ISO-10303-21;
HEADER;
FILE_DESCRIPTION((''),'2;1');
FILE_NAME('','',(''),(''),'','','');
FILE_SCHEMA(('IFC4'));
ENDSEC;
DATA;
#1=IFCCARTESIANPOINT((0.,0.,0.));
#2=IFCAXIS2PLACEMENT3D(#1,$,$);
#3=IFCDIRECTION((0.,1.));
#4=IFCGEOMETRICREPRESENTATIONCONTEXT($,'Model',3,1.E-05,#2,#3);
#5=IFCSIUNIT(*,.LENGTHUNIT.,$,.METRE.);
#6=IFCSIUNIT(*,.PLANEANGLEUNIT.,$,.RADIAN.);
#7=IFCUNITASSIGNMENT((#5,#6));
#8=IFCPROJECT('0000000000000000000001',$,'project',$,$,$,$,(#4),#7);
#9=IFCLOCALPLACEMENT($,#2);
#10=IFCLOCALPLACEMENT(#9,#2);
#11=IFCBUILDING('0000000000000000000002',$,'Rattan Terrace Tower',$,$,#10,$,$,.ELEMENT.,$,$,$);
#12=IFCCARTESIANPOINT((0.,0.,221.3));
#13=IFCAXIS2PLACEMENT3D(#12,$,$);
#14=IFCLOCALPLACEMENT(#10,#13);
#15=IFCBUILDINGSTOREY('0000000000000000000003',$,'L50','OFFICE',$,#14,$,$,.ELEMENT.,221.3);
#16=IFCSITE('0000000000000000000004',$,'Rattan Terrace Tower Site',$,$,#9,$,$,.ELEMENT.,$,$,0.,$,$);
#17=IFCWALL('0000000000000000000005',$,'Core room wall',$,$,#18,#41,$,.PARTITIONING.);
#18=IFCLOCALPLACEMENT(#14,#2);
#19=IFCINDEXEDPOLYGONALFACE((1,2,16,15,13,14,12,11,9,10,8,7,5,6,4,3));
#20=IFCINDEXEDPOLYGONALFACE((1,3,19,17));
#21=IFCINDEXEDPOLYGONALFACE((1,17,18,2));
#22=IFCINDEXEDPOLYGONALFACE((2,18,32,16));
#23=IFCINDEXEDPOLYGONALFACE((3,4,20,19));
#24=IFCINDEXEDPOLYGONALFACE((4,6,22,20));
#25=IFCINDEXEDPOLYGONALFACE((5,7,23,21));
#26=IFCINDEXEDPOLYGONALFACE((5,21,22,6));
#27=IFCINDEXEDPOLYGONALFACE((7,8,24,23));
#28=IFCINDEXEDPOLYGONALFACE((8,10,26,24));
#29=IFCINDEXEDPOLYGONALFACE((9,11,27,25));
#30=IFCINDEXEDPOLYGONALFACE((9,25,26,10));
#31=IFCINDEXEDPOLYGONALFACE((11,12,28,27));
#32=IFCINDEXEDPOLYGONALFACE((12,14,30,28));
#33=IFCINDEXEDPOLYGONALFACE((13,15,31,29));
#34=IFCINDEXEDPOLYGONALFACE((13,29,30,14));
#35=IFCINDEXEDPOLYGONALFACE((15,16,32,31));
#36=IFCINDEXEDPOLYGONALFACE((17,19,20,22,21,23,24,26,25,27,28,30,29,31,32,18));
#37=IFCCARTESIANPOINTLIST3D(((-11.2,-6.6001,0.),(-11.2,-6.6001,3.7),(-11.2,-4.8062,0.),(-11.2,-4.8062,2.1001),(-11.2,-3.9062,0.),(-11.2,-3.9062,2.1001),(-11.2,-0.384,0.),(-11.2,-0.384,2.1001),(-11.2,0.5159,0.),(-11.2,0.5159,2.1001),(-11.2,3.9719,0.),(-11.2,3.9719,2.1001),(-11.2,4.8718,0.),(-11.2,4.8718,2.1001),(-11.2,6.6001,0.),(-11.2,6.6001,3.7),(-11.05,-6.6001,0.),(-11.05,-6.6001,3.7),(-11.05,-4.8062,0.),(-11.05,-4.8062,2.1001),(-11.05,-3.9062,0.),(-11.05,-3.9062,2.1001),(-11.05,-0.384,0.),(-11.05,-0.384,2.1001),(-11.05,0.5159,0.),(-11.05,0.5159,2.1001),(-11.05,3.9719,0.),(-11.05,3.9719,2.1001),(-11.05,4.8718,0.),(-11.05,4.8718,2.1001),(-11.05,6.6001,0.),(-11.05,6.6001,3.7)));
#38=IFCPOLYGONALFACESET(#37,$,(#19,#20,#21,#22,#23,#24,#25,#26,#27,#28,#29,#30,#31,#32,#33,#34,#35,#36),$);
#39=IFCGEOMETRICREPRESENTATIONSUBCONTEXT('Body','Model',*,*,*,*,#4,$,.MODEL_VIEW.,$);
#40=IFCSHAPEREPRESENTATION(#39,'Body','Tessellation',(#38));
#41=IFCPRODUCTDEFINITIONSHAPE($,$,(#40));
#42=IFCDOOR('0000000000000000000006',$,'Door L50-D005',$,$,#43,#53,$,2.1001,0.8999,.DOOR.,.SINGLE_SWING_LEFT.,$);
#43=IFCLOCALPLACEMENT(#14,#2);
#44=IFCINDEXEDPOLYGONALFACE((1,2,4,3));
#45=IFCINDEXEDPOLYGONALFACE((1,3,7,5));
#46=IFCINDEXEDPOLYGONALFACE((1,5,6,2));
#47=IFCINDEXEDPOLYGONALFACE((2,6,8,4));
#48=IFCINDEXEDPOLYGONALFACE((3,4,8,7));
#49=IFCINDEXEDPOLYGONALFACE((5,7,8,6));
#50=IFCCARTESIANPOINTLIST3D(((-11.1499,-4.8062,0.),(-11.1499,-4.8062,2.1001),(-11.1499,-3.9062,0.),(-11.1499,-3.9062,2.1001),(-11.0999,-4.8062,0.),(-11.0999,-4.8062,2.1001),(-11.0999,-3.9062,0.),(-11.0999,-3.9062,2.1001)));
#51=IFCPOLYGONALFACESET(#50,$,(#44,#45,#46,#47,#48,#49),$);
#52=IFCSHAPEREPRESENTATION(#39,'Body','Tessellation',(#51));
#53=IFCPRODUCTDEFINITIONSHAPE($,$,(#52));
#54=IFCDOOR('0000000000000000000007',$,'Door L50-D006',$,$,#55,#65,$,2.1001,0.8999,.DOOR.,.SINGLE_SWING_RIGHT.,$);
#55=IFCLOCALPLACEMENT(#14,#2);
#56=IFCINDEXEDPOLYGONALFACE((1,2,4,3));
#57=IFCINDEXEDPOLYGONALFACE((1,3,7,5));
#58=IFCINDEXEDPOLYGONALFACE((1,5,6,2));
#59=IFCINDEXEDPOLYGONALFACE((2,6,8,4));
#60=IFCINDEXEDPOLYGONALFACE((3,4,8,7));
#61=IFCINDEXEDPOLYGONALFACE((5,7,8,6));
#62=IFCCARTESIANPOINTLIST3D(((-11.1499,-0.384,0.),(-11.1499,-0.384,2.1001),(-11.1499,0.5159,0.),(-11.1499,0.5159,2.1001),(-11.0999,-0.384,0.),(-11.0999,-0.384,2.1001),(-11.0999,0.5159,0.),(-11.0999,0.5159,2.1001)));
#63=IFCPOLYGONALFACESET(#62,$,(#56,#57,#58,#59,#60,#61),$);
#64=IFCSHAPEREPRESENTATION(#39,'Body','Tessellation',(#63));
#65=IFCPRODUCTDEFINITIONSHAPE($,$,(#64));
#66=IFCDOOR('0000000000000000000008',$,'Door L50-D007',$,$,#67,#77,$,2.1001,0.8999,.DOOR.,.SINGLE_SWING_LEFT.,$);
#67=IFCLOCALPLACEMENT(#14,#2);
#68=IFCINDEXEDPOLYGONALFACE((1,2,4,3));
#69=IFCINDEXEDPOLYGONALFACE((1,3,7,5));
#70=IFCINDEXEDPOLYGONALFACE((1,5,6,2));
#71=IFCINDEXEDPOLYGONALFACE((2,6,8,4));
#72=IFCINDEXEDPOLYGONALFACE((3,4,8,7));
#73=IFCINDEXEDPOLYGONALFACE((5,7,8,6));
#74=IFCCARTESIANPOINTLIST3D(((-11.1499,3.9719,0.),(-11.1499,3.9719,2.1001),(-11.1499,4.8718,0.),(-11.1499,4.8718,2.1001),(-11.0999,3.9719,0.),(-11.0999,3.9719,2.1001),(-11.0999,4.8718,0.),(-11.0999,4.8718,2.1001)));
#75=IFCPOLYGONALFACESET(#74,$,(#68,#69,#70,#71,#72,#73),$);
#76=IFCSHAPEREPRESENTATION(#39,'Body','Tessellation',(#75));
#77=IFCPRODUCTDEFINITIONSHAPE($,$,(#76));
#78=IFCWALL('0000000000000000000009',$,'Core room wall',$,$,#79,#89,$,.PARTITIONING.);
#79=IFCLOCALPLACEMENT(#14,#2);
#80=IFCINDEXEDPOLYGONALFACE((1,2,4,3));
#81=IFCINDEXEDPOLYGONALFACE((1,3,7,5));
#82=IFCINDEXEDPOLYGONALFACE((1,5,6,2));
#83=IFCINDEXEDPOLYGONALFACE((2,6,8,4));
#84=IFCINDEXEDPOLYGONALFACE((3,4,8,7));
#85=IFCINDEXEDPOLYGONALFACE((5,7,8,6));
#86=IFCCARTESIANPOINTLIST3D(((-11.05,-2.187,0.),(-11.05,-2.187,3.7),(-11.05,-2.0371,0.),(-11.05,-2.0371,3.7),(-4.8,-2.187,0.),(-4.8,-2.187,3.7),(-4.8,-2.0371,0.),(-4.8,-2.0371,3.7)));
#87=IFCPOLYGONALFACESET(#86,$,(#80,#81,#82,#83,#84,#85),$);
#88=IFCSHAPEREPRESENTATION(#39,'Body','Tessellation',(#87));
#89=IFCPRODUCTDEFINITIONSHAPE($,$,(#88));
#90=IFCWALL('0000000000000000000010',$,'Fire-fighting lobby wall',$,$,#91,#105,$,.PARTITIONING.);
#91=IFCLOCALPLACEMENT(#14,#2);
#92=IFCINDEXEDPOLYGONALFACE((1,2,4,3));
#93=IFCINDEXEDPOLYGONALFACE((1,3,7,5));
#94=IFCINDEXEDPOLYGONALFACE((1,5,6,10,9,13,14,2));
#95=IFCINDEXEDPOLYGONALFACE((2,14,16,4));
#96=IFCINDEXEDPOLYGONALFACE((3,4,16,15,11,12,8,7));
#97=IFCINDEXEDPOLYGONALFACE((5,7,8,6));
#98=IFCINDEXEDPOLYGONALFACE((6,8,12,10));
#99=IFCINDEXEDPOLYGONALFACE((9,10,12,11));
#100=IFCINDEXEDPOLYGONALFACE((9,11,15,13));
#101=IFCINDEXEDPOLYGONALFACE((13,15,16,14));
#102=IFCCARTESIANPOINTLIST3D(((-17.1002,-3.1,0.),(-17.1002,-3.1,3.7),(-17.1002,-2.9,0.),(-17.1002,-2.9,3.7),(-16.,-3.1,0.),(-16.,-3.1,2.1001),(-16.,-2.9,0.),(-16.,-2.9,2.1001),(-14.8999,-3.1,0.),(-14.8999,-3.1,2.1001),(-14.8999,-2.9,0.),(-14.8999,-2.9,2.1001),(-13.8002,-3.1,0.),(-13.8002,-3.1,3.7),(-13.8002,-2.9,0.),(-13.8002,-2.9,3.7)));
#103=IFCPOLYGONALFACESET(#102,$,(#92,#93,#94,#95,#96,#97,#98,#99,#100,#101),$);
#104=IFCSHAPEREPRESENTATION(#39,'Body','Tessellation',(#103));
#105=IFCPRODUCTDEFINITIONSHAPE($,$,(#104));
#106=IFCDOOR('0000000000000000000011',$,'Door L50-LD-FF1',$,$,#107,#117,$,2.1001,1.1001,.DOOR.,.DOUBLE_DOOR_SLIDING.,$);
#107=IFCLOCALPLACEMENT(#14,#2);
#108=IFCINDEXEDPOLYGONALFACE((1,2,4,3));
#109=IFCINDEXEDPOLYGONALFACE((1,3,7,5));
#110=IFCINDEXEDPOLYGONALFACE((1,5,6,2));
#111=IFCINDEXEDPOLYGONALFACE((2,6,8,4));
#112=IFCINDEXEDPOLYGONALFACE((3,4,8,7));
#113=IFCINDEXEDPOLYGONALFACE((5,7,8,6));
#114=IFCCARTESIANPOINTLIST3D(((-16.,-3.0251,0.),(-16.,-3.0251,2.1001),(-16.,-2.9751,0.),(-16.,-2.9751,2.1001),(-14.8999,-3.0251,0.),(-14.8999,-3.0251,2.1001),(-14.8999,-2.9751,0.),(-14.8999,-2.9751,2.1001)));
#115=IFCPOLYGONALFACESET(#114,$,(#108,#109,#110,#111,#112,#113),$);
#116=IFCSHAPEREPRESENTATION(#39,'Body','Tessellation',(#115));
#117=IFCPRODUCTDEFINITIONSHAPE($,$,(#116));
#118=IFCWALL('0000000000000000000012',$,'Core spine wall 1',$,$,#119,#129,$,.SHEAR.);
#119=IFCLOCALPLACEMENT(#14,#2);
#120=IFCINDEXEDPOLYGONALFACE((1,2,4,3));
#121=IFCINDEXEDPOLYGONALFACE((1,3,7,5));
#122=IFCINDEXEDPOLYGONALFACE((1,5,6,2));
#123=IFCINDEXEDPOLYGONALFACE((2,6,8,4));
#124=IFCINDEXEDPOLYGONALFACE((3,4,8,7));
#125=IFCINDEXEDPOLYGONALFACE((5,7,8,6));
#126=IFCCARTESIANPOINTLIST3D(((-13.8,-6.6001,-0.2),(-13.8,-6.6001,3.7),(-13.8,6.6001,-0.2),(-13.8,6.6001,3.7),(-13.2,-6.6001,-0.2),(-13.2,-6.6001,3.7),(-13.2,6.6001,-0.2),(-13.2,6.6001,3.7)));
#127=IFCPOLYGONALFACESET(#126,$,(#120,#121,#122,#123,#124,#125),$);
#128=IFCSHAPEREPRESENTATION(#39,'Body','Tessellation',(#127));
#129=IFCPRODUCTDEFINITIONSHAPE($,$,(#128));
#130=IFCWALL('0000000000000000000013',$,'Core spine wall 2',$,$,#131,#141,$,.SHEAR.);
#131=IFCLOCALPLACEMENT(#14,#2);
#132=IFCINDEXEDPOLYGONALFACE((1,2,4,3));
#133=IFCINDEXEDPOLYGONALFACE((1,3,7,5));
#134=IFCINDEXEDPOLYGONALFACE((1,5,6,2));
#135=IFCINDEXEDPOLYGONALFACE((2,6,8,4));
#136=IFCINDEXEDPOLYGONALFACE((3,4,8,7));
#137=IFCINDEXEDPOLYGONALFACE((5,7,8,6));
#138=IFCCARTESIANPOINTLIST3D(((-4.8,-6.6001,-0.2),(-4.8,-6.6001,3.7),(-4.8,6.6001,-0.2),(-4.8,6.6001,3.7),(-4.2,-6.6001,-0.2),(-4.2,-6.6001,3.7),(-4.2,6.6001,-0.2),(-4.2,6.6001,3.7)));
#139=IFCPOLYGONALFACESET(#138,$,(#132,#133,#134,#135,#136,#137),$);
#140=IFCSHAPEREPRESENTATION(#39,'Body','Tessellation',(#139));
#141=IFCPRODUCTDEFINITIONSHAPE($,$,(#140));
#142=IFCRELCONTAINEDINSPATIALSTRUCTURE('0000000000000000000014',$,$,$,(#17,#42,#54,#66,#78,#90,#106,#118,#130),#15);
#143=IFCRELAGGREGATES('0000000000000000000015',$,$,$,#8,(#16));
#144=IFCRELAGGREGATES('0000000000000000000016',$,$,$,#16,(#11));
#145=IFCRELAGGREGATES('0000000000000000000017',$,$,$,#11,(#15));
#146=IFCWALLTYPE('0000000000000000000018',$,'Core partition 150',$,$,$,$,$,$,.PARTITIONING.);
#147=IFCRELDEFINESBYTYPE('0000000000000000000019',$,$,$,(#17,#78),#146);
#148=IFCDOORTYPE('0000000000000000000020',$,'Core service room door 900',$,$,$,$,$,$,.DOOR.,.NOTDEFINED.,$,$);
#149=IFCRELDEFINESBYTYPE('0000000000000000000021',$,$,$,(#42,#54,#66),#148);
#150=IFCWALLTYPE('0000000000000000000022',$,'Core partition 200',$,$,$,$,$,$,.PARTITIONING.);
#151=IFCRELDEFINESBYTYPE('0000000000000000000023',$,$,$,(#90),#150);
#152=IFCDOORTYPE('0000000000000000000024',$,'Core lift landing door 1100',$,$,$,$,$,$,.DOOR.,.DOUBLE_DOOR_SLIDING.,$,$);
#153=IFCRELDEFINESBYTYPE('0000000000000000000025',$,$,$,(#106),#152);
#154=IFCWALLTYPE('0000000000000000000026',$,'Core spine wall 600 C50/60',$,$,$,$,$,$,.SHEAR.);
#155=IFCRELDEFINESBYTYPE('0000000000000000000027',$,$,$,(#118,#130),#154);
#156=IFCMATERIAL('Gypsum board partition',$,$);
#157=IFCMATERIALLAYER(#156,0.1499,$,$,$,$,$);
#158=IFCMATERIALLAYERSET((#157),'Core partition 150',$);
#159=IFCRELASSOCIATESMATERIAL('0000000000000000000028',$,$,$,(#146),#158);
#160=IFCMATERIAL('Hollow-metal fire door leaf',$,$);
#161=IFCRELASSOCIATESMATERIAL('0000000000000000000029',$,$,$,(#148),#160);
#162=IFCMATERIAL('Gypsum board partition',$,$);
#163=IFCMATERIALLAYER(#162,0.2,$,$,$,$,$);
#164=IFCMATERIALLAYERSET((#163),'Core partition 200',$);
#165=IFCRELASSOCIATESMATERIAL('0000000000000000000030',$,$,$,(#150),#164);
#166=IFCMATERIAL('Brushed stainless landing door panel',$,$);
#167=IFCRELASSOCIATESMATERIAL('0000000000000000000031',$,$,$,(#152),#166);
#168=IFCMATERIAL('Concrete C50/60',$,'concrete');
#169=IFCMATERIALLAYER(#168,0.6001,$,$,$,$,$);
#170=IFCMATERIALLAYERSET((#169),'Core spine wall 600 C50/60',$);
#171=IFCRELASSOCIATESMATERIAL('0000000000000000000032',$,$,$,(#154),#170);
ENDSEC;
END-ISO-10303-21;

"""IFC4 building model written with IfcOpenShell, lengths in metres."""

from ifc_helpers import new_model, si_unit, direction, frame, frame_2d, origin, place, context, subcontext, project, spatial, rectangle, extrude, material, layer, layer_set, type_object, element, fill, save


model = new_model("IFC4")

# Units and contexts
model_context = context("Model", 3, precision=1e-05, world=origin(), true_north=direction((0.0, 1.0)))
body_context = subcontext(model_context, "Body", "Model", "MODEL_VIEW")
ifc_project = project(units=[si_unit("LENGTHUNIT", "METRE"), si_unit("PLANEANGLEUNIT", "RADIAN")], contexts=[model_context])

# Site, building, storey
site_placement = place(None, origin())
site = spatial("IfcSite", under=ifc_project, at=site_placement, Name="Rattan Terrace Tower Site", CompositionType="ELEMENT", RefElevation=0.0)
building_placement = place(site_placement, origin())
building = spatial("IfcBuilding", under=site, at=building_placement, Name="Rattan Terrace Tower", CompositionType="ELEMENT")
storey_placement = place(building_placement, frame((0.0, 0.0, 221.3)))
storey = spatial("IfcBuildingStorey", under=building, at=storey_placement, Name="L50", Description="OFFICE", CompositionType="ELEMENT", Elevation=221.3)

# Wall, openings, doors
ifc_material_1 = material(Name="Gypsum board partition")
ifc_layer_1 = layer(ifc_material_1, 0.1499)
ifc_layer_set_1 = layer_set([ifc_layer_1], Name="Core partition 150")
wall_type_1 = type_object("IfcWallType", Name="Core partition 150", PredefinedType="PARTITIONING", material=ifc_layer_set_1)
wall_1_placement = place(storey_placement, frame((-11.125, -6.6001, 0.0), z_axis=(0.0, 0.0, 1.0), x_axis=(0.0, 1.0, 0.0)))
wall_1 = element("IfcWall", 1, at=wall_1_placement, inside=storey, type_object=wall_type_1, Name="Core room wall", PredefinedType="PARTITIONING", context=body_context, shape_type="SweptSolid", body=[
    extrude(rectangle(XDim=13.2002, YDim=0.1499, at=frame_2d((6.6001, 0.0))), origin(), (0.0, 0.0, 1.0), 3.7),
])
opening_1_placement = place(wall_1_placement, frame((1.7939, 0.0, 0.0)))
opening_1 = element("IfcOpeningElement", 2, at=opening_1_placement, cuts=wall_1, PredefinedType="OPENING", context=body_context, shape_type="SweptSolid", body=[
    extrude(rectangle(XDim=0.8999, YDim=2.1001, at=frame_2d((0.45, 1.05))), frame((0.0, 0.0854, 0.0), z_axis=(0.0, -1.0, 0.0), x_axis=(1.0, 0.0, 0.0)), (0.0, 0.0, 1.0), 0.1709),
])
opening_2_placement = place(wall_1_placement, frame((6.2161, 0.0, 0.0)))
opening_2 = element("IfcOpeningElement", 3, at=opening_2_placement, cuts=wall_1, PredefinedType="OPENING", context=body_context, shape_type="SweptSolid", body=[
    extrude(rectangle(XDim=0.8999, YDim=2.1001, at=frame_2d((0.45, 1.05))), frame((0.0, 0.0854, 0.0), z_axis=(0.0, -1.0, 0.0), x_axis=(1.0, 0.0, 0.0)), (0.0, 0.0, 1.0), 0.1709),
])
opening_3_placement = place(wall_1_placement, frame((10.572, 0.0, 0.0)))
opening_3 = element("IfcOpeningElement", 4, at=opening_3_placement, cuts=wall_1, PredefinedType="OPENING", context=body_context, shape_type="SweptSolid", body=[
    extrude(rectangle(XDim=0.8999, YDim=2.1001, at=frame_2d((0.45, 1.05))), frame((0.0, 0.0854, 0.0), z_axis=(0.0, -1.0, 0.0), x_axis=(1.0, 0.0, 0.0)), (0.0, 0.0, 1.0), 0.1709),
])
ifc_material_2 = material(Name="Hollow-metal fire door leaf")
door_type_1 = type_object("IfcDoorType", Name="Core service room door 900", OperationType="NOTDEFINED", PredefinedType="DOOR", material=ifc_material_2)
door_1_placement = place(opening_1_placement, origin())
door_1 = element("IfcDoor", 5, at=door_1_placement, inside=storey, type_object=door_type_1, Name="Door L50-D005", OperationType="SINGLE_SWING_LEFT", OverallHeight=2.1001, OverallWidth=0.8999, PredefinedType="DOOR", context=body_context, shape_type="SweptSolid", body=[
    extrude(rectangle(XDim=0.8999, YDim=2.1001, at=frame_2d((0.45, 1.05))), frame((0.0, 0.0249, 0.0), z_axis=(0.0, -1.0, 0.0), x_axis=(1.0, 0.0, 0.0)), (0.0, 0.0, 1.0), 0.05),
])
fill(opening_1, door_1)
door_2_placement = place(opening_2_placement, origin())
door_2 = element("IfcDoor", 6, at=door_2_placement, inside=storey, type_object=door_type_1, Name="Door L50-D006", OperationType="SINGLE_SWING_RIGHT", OverallHeight=2.1001, OverallWidth=0.8999, PredefinedType="DOOR", context=body_context, shape_type="SweptSolid", body=[
    extrude(rectangle(XDim=0.8999, YDim=2.1001, at=frame_2d((0.45, 1.05))), frame((0.0, 0.0249, 0.0), z_axis=(0.0, -1.0, 0.0), x_axis=(1.0, 0.0, 0.0)), (0.0, 0.0, 1.0), 0.05),
])
fill(opening_2, door_2)
door_3_placement = place(opening_3_placement, origin())
door_3 = element("IfcDoor", 7, at=door_3_placement, inside=storey, type_object=door_type_1, Name="Door L50-D007", OperationType="SINGLE_SWING_LEFT", OverallHeight=2.1001, OverallWidth=0.8999, PredefinedType="DOOR", context=body_context, shape_type="SweptSolid", body=[
    extrude(rectangle(XDim=0.8999, YDim=2.1001, at=frame_2d((0.45, 1.05))), frame((0.0, 0.0249, 0.0), z_axis=(0.0, -1.0, 0.0), x_axis=(1.0, 0.0, 0.0)), (0.0, 0.0, 1.0), 0.05),
])
fill(opening_3, door_3)

# Wall
wall_2_placement = place(storey_placement, frame((-11.05, -2.1121, 0.0), z_axis=(0.0, 0.0, 1.0), x_axis=(1.0, 0.0, 0.0)))
element("IfcWall", 8, at=wall_2_placement, inside=storey, type_object=wall_type_1, Name="Core room wall", PredefinedType="PARTITIONING", context=body_context, shape_type="SweptSolid", body=[
    extrude(rectangle(XDim=6.25, YDim=0.1499, at=frame_2d((3.125, 0.0))), origin(), (0.0, 0.0, 1.0), 3.7),
])

# Wall, opening, door
ifc_material_3 = material(Name="Gypsum board partition")
ifc_layer_2 = layer(ifc_material_3, 0.2)
ifc_layer_set_2 = layer_set([ifc_layer_2], Name="Core partition 200")
wall_type_2 = type_object("IfcWallType", Name="Core partition 200", PredefinedType="PARTITIONING", material=ifc_layer_set_2)
wall_3_placement = place(storey_placement, frame((-17.1001, -3.0, 0.0), z_axis=(0.0, 0.0, 1.0), x_axis=(1.0, 0.0, 0.0)))
wall_3 = element("IfcWall", 9, at=wall_3_placement, inside=storey, type_object=wall_type_2, Name="Fire-fighting lobby wall", PredefinedType="PARTITIONING", context=body_context, shape_type="SweptSolid", body=[
    extrude(rectangle(XDim=3.3, YDim=0.2, at=frame_2d((1.6499, 0.0))), origin(), (0.0, 0.0, 1.0), 3.7),
])
opening_4_placement = place(wall_3_placement, frame((1.1001, 0.0, 0.0)))
opening_4 = element("IfcOpeningElement", 10, at=opening_4_placement, cuts=wall_3, PredefinedType="OPENING", context=body_context, shape_type="SweptSolid", body=[
    extrude(rectangle(XDim=1.1001, YDim=2.1001, at=frame_2d((0.55, 1.05))), frame((0.0, 0.1106, 0.0), z_axis=(0.0, -1.0, 0.0), x_axis=(1.0, 0.0, 0.0)), (0.0, 0.0, 1.0), 0.2209),
])
ifc_material_4 = material(Name="Brushed stainless landing door panel")
door_type_2 = type_object("IfcDoorType", Name="Core lift landing door 1100", OperationType="DOUBLE_DOOR_SLIDING", PredefinedType="DOOR", material=ifc_material_4)
door_4_placement = place(opening_4_placement, origin())
door_4 = element("IfcDoor", 11, at=door_4_placement, inside=storey, type_object=door_type_2, Name="Door L50-LD-FF1", OperationType="DOUBLE_DOOR_SLIDING", OverallHeight=2.1001, OverallWidth=1.1001, PredefinedType="DOOR", context=body_context, shape_type="SweptSolid", body=[
    extrude(rectangle(XDim=1.1001, YDim=2.1001, at=frame_2d((0.55, 1.05))), frame((0.0, 0.0249, 0.0), z_axis=(0.0, -1.0, 0.0), x_axis=(1.0, 0.0, 0.0)), (0.0, 0.0, 1.0), 0.05),
])
fill(opening_4, door_4)

# Walls
ifc_material_5 = material(Name="Concrete C50/60", Category="concrete")
ifc_layer_3 = layer(ifc_material_5, 0.6001)
ifc_layer_set_3 = layer_set([ifc_layer_3], Name="Core spine wall 600 C50/60")
wall_type_3 = type_object("IfcWallType", Name="Core spine wall 600 C50/60", PredefinedType="SHEAR", material=ifc_layer_set_3)
for number, where, z_axis, x_axis, name in (
    (12, (-13.5, -6.6001, -0.2), (0.0, 0.0, 1.0), (0.0, 1.0, 0.0), "Core spine wall 1"),
    (13, (-4.5, -6.6001, -0.2), (0.0, 0.0, 1.0), (0.0, 1.0, 0.0), "Core spine wall 2"),
):
    element("IfcWall", number, at=place(storey_placement, frame(where, z_axis=z_axis, x_axis=x_axis)), inside=storey, type_object=wall_type_3, Name=name, PredefinedType="SHEAR", context=body_context, shape_type="SweptSolid", body=[
        extrude(rectangle(XDim=13.2002, YDim=0.6001, at=frame_2d((6.6001, 0.0))), origin(), (0.0, 0.0, 1.0), 3.8999),
    ])

save(model, "model.ifc")
